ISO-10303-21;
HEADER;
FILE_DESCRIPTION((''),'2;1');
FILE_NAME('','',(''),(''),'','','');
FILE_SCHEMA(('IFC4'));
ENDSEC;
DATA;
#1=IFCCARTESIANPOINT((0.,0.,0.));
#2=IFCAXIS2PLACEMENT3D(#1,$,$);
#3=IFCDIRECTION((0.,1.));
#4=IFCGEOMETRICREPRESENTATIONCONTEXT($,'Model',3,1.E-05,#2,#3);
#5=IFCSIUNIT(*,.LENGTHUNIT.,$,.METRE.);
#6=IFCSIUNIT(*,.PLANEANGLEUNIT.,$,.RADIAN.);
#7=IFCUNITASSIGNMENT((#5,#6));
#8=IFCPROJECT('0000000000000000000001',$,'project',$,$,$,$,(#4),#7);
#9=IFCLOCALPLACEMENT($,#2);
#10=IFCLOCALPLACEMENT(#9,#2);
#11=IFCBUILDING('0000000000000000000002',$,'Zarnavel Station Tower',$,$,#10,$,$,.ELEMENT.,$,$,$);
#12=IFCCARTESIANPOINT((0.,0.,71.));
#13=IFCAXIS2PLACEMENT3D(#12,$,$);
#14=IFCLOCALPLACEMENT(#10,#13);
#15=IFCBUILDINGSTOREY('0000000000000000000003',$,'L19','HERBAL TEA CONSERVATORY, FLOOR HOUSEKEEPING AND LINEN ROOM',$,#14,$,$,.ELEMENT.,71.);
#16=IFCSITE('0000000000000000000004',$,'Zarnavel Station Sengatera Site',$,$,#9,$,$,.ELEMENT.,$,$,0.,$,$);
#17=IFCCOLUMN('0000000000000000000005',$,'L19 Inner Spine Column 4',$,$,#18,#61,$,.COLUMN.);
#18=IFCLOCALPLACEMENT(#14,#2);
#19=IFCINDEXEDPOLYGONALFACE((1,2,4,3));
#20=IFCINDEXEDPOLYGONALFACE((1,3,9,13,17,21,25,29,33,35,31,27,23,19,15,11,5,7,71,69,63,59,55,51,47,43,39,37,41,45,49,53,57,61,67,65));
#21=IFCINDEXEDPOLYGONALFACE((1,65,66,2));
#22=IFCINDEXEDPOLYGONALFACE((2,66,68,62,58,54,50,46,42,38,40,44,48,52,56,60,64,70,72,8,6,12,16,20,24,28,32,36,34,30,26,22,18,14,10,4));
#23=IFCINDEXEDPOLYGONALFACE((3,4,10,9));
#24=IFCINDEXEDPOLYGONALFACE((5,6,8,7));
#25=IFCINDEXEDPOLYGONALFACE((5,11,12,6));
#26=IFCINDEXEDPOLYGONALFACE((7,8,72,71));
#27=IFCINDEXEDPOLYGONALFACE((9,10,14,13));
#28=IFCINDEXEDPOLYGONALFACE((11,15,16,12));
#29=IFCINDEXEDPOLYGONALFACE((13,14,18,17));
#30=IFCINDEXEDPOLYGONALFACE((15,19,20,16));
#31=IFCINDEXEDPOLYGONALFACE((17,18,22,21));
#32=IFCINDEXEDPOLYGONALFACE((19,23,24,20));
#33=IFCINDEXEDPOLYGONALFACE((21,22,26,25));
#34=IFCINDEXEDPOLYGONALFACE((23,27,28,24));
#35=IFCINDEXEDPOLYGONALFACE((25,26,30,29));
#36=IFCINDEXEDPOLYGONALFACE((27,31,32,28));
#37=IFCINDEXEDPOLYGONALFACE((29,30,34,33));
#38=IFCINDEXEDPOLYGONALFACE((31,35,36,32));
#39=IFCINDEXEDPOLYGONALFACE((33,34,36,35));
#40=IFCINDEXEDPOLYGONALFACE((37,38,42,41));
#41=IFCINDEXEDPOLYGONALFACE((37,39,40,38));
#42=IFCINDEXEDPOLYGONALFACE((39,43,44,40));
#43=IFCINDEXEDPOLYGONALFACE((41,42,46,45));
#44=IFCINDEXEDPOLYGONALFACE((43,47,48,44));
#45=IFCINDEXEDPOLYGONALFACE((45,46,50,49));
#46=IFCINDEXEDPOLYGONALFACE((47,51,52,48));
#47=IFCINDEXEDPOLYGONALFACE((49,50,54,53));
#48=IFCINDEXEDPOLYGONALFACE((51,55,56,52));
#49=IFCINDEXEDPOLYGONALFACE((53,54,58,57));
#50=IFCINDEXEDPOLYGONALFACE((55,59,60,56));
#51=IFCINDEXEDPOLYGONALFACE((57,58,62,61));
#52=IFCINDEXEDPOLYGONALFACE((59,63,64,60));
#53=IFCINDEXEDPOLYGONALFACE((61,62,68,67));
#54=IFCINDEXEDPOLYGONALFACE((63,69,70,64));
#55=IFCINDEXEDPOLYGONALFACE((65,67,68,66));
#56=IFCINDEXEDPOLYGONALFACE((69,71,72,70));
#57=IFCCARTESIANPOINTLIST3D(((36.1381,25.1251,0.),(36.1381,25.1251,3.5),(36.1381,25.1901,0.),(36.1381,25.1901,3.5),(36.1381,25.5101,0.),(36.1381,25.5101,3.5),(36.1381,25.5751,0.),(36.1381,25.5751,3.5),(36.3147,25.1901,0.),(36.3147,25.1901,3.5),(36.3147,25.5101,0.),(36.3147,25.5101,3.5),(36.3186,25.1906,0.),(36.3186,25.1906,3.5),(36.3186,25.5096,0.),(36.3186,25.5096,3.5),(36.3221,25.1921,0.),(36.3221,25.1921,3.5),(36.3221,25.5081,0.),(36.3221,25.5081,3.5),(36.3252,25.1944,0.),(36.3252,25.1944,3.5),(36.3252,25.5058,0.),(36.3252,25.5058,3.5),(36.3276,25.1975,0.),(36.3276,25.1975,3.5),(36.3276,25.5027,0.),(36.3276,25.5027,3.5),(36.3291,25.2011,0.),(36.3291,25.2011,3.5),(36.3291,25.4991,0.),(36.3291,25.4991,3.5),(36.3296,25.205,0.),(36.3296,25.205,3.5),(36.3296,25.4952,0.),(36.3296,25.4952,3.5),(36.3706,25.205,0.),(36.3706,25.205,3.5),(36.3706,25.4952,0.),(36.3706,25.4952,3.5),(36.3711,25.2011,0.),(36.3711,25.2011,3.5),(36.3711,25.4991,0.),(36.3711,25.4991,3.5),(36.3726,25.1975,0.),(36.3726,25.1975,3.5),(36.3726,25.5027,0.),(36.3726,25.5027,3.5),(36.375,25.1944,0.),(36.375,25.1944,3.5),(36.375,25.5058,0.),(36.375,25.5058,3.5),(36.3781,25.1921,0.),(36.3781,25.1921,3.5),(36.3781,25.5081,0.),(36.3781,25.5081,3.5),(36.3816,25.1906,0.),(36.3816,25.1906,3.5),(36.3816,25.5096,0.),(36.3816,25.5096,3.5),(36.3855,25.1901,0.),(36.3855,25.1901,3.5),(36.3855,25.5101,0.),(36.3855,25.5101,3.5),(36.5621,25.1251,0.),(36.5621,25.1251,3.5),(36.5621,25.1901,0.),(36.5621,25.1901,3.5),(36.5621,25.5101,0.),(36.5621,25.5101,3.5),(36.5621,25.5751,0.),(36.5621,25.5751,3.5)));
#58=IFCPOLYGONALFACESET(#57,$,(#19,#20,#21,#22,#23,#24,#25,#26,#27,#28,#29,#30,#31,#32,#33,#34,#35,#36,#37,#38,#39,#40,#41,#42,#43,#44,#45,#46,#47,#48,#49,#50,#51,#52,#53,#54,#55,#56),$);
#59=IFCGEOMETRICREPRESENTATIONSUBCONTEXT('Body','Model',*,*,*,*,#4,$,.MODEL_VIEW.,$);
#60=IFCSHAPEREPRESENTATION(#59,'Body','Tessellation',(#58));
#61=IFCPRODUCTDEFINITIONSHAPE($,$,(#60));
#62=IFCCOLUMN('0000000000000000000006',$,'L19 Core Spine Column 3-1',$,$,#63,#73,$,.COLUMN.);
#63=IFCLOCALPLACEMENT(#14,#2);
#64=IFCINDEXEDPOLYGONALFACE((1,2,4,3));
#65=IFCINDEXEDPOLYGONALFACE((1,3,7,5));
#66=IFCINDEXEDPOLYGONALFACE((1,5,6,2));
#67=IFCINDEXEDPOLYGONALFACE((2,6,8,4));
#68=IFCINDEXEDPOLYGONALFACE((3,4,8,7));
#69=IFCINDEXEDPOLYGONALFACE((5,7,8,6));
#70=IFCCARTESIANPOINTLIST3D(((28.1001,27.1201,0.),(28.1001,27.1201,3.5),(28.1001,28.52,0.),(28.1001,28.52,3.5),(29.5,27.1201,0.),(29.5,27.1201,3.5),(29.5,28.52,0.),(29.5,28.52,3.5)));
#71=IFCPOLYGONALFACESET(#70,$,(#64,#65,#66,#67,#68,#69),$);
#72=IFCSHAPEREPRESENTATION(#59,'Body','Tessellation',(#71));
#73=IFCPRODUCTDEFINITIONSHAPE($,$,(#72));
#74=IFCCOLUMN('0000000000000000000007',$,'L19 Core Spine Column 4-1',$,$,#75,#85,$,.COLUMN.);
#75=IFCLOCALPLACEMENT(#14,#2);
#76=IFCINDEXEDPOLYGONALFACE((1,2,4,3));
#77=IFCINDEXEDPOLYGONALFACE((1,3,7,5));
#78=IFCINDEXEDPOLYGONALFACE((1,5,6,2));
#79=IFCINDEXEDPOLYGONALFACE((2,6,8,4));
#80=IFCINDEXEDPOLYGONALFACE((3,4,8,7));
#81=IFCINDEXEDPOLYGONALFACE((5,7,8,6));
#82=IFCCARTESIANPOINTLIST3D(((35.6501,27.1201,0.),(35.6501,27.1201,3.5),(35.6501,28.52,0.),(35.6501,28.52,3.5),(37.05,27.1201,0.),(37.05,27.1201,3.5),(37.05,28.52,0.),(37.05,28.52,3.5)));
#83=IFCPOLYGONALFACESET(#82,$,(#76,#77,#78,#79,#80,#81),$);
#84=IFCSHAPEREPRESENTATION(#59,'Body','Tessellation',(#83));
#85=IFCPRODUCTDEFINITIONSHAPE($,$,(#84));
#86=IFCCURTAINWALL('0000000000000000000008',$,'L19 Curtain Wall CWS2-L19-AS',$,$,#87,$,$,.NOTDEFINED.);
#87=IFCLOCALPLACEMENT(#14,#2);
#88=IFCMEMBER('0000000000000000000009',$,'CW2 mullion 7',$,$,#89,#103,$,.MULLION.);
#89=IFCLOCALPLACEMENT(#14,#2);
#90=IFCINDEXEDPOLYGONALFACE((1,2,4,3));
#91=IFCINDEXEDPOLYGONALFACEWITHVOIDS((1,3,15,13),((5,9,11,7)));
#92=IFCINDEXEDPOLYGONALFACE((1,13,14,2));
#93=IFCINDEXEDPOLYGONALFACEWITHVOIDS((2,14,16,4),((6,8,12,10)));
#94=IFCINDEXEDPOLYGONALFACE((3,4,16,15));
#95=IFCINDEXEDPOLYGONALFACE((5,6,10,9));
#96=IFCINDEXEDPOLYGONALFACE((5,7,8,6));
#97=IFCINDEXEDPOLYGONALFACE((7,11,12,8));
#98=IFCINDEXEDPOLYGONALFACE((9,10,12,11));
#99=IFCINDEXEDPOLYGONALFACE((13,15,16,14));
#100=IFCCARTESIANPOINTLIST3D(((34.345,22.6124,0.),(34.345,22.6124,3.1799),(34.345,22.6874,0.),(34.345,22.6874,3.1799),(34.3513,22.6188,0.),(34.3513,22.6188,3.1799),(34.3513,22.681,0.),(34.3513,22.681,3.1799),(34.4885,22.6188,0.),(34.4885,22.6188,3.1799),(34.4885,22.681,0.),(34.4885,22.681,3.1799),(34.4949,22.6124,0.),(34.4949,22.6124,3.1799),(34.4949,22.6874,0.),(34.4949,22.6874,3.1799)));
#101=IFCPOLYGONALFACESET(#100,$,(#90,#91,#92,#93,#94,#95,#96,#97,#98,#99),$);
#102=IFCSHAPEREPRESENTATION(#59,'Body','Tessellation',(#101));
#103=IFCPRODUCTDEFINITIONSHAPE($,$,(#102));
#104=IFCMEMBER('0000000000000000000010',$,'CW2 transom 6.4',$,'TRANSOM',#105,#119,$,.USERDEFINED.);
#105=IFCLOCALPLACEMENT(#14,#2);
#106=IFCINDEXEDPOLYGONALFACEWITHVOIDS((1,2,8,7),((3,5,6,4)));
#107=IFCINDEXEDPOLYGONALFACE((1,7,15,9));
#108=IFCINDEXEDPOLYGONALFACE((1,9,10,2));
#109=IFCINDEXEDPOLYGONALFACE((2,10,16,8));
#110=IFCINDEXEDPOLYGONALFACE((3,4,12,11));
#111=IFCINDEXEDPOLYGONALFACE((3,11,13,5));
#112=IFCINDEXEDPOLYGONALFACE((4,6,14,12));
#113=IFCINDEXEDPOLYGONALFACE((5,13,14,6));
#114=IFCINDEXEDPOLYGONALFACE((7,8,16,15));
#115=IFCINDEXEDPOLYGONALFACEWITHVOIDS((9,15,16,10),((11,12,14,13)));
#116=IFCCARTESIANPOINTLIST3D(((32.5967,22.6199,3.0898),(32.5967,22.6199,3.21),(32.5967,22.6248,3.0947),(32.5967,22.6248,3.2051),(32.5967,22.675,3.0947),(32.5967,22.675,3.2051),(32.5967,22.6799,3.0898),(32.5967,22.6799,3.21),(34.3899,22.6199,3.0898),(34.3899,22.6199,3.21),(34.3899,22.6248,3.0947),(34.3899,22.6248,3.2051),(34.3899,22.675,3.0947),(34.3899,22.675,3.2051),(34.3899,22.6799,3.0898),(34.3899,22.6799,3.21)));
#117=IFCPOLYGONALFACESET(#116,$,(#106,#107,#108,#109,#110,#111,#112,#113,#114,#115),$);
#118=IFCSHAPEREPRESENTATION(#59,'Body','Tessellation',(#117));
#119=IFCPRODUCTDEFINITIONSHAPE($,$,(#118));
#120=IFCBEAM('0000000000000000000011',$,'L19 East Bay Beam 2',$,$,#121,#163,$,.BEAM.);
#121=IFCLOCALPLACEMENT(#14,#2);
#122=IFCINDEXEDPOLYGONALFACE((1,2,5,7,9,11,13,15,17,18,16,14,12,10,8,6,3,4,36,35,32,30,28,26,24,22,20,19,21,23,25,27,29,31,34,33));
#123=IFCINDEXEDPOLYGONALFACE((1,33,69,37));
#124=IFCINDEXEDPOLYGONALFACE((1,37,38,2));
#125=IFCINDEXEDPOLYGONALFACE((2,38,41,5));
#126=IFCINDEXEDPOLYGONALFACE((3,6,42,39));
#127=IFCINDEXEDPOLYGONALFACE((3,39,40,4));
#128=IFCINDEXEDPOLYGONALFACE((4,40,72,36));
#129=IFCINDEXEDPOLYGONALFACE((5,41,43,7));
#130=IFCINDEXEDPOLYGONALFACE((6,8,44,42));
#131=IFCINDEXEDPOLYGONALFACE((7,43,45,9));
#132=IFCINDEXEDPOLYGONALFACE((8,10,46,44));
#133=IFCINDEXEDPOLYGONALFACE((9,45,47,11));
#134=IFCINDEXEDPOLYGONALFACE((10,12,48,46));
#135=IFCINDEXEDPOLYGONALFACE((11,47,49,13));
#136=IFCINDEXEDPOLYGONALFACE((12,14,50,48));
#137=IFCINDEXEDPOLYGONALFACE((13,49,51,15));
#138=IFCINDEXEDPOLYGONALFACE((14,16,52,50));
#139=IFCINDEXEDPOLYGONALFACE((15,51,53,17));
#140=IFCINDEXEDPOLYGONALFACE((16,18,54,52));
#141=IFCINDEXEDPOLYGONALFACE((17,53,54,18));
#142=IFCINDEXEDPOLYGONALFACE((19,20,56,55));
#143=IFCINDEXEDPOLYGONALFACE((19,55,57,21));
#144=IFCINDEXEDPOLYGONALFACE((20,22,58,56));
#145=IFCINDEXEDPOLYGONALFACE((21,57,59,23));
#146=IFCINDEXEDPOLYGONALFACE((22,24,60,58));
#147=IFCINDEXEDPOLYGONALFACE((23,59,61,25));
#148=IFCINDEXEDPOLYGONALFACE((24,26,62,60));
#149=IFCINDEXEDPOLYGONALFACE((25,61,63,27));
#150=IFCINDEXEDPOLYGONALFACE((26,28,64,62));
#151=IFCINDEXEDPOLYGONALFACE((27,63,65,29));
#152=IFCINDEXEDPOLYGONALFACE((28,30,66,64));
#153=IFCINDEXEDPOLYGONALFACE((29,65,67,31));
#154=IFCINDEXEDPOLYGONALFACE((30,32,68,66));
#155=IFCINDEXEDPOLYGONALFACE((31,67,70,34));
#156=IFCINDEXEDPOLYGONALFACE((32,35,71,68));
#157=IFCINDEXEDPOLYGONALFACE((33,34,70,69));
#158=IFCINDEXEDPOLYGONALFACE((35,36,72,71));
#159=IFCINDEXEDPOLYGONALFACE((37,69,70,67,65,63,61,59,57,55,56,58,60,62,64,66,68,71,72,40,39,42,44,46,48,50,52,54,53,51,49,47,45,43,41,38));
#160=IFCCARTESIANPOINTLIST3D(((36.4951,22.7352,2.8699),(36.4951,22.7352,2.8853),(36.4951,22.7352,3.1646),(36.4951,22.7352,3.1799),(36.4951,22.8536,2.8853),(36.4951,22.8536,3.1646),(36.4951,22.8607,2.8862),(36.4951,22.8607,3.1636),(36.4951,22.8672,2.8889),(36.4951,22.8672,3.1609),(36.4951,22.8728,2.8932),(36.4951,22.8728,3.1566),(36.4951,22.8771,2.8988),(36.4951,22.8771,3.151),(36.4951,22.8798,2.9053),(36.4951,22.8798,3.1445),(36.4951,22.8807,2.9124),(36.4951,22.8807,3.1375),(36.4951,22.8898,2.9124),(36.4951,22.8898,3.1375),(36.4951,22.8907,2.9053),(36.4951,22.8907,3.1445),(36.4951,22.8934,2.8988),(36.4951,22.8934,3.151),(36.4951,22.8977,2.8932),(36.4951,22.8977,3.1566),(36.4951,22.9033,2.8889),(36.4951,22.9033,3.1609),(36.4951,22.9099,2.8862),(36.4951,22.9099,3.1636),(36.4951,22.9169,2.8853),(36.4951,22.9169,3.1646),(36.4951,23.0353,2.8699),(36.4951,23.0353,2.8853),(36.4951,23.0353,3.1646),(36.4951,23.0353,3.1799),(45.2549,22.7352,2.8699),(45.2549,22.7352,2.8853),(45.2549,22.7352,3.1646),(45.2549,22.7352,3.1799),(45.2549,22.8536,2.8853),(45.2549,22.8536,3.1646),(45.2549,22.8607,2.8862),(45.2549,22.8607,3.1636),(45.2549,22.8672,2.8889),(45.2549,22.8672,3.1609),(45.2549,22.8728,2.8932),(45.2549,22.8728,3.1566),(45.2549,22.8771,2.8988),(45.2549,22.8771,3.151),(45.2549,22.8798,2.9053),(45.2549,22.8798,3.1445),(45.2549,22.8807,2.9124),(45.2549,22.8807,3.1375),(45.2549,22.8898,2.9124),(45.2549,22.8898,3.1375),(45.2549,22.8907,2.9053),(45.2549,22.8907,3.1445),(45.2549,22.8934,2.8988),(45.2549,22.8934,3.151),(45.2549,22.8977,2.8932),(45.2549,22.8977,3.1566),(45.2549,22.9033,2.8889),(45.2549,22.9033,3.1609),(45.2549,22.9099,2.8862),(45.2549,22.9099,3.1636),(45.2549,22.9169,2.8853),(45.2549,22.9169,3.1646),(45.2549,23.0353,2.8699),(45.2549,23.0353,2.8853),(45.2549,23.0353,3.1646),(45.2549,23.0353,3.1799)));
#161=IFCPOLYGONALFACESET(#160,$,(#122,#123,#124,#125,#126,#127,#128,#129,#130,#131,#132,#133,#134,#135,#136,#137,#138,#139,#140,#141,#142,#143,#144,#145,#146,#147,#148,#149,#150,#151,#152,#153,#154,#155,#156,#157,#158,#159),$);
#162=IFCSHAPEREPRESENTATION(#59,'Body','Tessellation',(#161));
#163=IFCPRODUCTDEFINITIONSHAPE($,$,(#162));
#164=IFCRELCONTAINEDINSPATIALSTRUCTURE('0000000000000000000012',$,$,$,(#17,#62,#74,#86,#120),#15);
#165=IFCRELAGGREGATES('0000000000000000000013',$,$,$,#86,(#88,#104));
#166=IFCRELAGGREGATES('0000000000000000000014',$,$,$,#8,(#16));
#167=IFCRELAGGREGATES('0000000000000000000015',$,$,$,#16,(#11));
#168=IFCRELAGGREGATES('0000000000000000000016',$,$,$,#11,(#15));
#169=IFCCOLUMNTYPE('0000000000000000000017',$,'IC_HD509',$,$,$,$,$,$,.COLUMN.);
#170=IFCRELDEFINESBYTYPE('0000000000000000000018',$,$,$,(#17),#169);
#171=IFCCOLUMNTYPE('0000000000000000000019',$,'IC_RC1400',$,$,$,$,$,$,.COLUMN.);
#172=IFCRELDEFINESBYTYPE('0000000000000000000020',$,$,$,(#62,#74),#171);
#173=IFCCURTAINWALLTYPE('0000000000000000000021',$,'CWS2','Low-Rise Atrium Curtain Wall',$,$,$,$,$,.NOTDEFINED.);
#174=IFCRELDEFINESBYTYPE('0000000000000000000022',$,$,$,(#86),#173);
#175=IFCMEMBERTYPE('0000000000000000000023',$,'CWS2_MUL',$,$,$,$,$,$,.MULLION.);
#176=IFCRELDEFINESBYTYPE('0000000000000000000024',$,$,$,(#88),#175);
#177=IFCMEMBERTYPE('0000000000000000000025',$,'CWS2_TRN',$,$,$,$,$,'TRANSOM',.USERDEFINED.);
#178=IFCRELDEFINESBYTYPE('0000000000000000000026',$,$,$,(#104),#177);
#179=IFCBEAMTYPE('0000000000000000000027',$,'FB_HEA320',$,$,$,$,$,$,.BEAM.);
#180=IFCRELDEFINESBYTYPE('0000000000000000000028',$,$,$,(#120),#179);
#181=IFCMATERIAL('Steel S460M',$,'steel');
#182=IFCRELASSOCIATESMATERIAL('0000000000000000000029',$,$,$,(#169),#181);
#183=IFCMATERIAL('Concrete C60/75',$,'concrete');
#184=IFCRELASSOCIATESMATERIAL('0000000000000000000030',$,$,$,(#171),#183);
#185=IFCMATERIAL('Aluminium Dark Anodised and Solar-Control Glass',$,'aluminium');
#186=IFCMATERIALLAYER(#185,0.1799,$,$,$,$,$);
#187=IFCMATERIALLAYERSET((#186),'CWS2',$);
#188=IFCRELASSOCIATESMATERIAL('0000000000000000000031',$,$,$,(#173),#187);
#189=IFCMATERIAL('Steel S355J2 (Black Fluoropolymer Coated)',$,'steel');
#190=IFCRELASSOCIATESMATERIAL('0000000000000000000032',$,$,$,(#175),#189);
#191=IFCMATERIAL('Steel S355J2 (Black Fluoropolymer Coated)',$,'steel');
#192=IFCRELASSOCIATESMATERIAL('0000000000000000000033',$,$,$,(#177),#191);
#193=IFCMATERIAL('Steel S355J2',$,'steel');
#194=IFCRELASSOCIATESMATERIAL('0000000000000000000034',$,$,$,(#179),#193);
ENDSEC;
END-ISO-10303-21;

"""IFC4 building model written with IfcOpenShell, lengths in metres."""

from ifc_helpers import new_model, si_unit, direction, frame, origin, origin_2d, place, context, subcontext, project, spatial, rectangle, hollow_rectangle, i_section, extrude, material, layer, layer_set, material_profile, profile_set, type_object, element, aggregate, save


model = new_model("IFC4")

# Units and contexts
model_context = context("Model", 3, precision=1e-05, world=origin(), true_north=direction((0.0, 1.0)))
body_context = subcontext(model_context, "Body", "Model", "MODEL_VIEW")
ifc_project = project(units=[si_unit("LENGTHUNIT", "METRE"), si_unit("PLANEANGLEUNIT", "RADIAN")], contexts=[model_context])

# Site, building, storey
site_placement = place(None, origin())
site = spatial("IfcSite", under=ifc_project, at=site_placement, Name="Zarnavel Station Sengatera Site", CompositionType="ELEMENT", RefElevation=0.0)
building_placement = place(site_placement, origin())
building = spatial("IfcBuilding", under=site, at=building_placement, Name="Zarnavel Station Tower", CompositionType="ELEMENT")
storey_placement = place(building_placement, frame((0.0, 0.0, 71.0)))
storey = spatial("IfcBuildingStorey", under=building, at=storey_placement, Name="L19", Description="HERBAL TEA CONSERVATORY, FLOOR HOUSEKEEPING AND LINEN ROOM", CompositionType="ELEMENT", Elevation=71.0)

# Columns
ifc_material_1 = material(Name="Steel S460M", Category="steel")
ifc_material_profile_1 = material_profile(ifc_material_1, i_section(OverallWidth=0.4241, OverallDepth=0.45, WebThickness=0.041, FlangeThickness=0.0649, FilletRadius=0.0149, at=origin_2d()), Name="HD400x509")
ifc_profile_set_1 = profile_set([ifc_material_profile_1], Name="Steel S460M")
column_type_1 = type_object("IfcColumnType", Name="IC_HD509", PredefinedType="COLUMN", material=ifc_profile_set_1)
column_placement = place(storey_placement, frame((36.3501, 25.3501, 0.0), z_axis=(0.0, 0.0, 1.0), x_axis=(1.0, 0.0, 0.0)))
element("IfcColumn", 1, at=column_placement, inside=storey, type_object=column_type_1, Name="L19 Inner Spine Column 4", PredefinedType="COLUMN", context=body_context, shape_type="SweptSolid", body=[
    extrude(i_section(OverallWidth=0.4241, OverallDepth=0.45, WebThickness=0.041, FlangeThickness=0.0649, FilletRadius=0.0149, at=origin_2d()), origin(), (0.0, 0.0, 1.0), 3.5),
])
ifc_material_2 = material(Name="Concrete C60/75", Category="concrete")
ifc_material_profile_2 = material_profile(ifc_material_2, rectangle(XDim=1.3999, YDim=1.3999, at=origin_2d()), Name="RC1400x1400")
ifc_profile_set_2 = profile_set([ifc_material_profile_2], Name="Concrete C60/75")
column_type_2 = type_object("IfcColumnType", Name="IC_RC1400", PredefinedType="COLUMN", material=ifc_profile_set_2)
for number, where, z_axis, x_axis, name in (
    (2, (28.8, 27.8201, 0.0), (0.0, 0.0, 1.0), (1.0, 0.0, 0.0), "L19 Core Spine Column 3-1"),
    (3, (36.3501, 27.8201, 0.0), (0.0, 0.0, 1.0), (1.0, 0.0, 0.0), "L19 Core Spine Column 4-1"),
):
    element("IfcColumn", number, at=place(storey_placement, frame(where, z_axis=z_axis, x_axis=x_axis)), inside=storey, type_object=column_type_2, Name=name, PredefinedType="COLUMN", context=body_context, shape_type="SweptSolid", body=[
        extrude(rectangle(XDim=1.3999, YDim=1.3999, at=origin_2d()), origin(), (0.0, 0.0, 1.0), 3.5),
    ])

# Curtain wall, members
ifc_material_3 = material(Name="Aluminium Dark Anodised and Solar-Control Glass", Category="aluminium")
ifc_layer_1 = layer(ifc_material_3, 0.1799)
ifc_layer_set_1 = layer_set([ifc_layer_1], Name="CWS2")
curtain_wall_type = type_object("IfcCurtainWallType", Name="CWS2", Description="Low-Rise Atrium Curtain Wall", PredefinedType="NOTDEFINED", material=ifc_layer_set_1)
curtain_wall_placement = place(storey_placement, origin())
curtain_wall = element("IfcCurtainWall", 4, at=curtain_wall_placement, inside=storey, type_object=curtain_wall_type, Name="L19 Curtain Wall CWS2-L19-AS", PredefinedType="NOTDEFINED")
ifc_material_4 = material(Name="Steel S355J2 (Black Fluoropolymer Coated)", Category="steel")
ifc_material_profile_3 = material_profile(ifc_material_4, hollow_rectangle(XDim=0.075, YDim=0.1499, WallThickness=0.0063, at=origin_2d()), Name="RHS150x75x6.3")
ifc_profile_set_3 = profile_set([ifc_material_profile_3], Name="Steel S355J2 (Black Fluoropolymer Coated)")
member_type_1 = type_object("IfcMemberType", Name="CWS2_MUL", PredefinedType="MULLION", material=ifc_profile_set_3)
member_1_placement = place(storey_placement, frame((34.4199, 22.6499, 0.0), z_axis=(0.0, 0.0, 1.0), x_axis=(0.0, 1.0, 0.0)))
member_1 = element("IfcMember", 5, at=member_1_placement, type_object=member_type_1, Name="CW2 mullion 7", PredefinedType="MULLION", context=body_context, shape_type="SweptSolid", body=[
    extrude(hollow_rectangle(XDim=0.075, YDim=0.1499, WallThickness=0.0063, at=origin_2d()), origin(), (0.0, 0.0, 1.0), 3.1799),
])
ifc_material_5 = material(Name="Steel S355J2 (Black Fluoropolymer Coated)", Category="steel")
ifc_material_profile_4 = material_profile(ifc_material_5, hollow_rectangle(XDim=0.0601, YDim=0.1201, WallThickness=0.0049, at=origin_2d()), Name="RHS120x60x5")
ifc_profile_set_4 = profile_set([ifc_material_profile_4], Name="Steel S355J2 (Black Fluoropolymer Coated)")
member_type_2 = type_object("IfcMemberType", Name="CWS2_TRN", ElementType="TRANSOM", PredefinedType="USERDEFINED", material=ifc_profile_set_4)
member_2_placement = place(storey_placement, frame((32.5967, 22.6499, 3.1499), z_axis=(1.0, 0.0, 0.0), x_axis=(0.0, 1.0, 0.0)))
member_2 = element("IfcMember", 6, at=member_2_placement, type_object=member_type_2, Name="CW2 transom 6.4", ObjectType="TRANSOM", PredefinedType="USERDEFINED", context=body_context, shape_type="SweptSolid", body=[
    extrude(hollow_rectangle(XDim=0.0601, YDim=0.1201, WallThickness=0.0049, at=origin_2d()), origin(), (0.0, 0.0, 1.0), 1.7932),
])

# Beam
ifc_material_6 = material(Name="Steel S355J2", Category="steel")
ifc_material_profile_5 = material_profile(ifc_material_6, i_section(OverallWidth=0.3, OverallDepth=0.3101, WebThickness=0.009, FlangeThickness=0.0154, FilletRadius=0.0271, at=origin_2d()), Name="HEA320")
ifc_profile_set_5 = profile_set([ifc_material_profile_5], Name="Steel S355J2")
beam_type_1 = type_object("IfcBeamType", Name="FB_HEA320", PredefinedType="BEAM", material=ifc_profile_set_5)
beam_1_placement = place(storey_placement, frame((36.4951, 22.8853, 3.0249), z_axis=(1.0, 0.0, 0.0), x_axis=(0.0, 1.0, 0.0)))
element("IfcBeam", 7, at=beam_1_placement, inside=storey, type_object=beam_type_1, Name="L19 East Bay Beam 2", PredefinedType="BEAM", context=body_context, shape_type="SweptSolid", body=[
    extrude(i_section(OverallWidth=0.3, OverallDepth=0.3101, WebThickness=0.009, FlangeThickness=0.0154, FilletRadius=0.0271, at=origin_2d()), origin(), (0.0, 0.0, 1.0), 8.7598),
])

aggregate(curtain_wall, [member_1, member_2])

save(model, "model.ifc")
